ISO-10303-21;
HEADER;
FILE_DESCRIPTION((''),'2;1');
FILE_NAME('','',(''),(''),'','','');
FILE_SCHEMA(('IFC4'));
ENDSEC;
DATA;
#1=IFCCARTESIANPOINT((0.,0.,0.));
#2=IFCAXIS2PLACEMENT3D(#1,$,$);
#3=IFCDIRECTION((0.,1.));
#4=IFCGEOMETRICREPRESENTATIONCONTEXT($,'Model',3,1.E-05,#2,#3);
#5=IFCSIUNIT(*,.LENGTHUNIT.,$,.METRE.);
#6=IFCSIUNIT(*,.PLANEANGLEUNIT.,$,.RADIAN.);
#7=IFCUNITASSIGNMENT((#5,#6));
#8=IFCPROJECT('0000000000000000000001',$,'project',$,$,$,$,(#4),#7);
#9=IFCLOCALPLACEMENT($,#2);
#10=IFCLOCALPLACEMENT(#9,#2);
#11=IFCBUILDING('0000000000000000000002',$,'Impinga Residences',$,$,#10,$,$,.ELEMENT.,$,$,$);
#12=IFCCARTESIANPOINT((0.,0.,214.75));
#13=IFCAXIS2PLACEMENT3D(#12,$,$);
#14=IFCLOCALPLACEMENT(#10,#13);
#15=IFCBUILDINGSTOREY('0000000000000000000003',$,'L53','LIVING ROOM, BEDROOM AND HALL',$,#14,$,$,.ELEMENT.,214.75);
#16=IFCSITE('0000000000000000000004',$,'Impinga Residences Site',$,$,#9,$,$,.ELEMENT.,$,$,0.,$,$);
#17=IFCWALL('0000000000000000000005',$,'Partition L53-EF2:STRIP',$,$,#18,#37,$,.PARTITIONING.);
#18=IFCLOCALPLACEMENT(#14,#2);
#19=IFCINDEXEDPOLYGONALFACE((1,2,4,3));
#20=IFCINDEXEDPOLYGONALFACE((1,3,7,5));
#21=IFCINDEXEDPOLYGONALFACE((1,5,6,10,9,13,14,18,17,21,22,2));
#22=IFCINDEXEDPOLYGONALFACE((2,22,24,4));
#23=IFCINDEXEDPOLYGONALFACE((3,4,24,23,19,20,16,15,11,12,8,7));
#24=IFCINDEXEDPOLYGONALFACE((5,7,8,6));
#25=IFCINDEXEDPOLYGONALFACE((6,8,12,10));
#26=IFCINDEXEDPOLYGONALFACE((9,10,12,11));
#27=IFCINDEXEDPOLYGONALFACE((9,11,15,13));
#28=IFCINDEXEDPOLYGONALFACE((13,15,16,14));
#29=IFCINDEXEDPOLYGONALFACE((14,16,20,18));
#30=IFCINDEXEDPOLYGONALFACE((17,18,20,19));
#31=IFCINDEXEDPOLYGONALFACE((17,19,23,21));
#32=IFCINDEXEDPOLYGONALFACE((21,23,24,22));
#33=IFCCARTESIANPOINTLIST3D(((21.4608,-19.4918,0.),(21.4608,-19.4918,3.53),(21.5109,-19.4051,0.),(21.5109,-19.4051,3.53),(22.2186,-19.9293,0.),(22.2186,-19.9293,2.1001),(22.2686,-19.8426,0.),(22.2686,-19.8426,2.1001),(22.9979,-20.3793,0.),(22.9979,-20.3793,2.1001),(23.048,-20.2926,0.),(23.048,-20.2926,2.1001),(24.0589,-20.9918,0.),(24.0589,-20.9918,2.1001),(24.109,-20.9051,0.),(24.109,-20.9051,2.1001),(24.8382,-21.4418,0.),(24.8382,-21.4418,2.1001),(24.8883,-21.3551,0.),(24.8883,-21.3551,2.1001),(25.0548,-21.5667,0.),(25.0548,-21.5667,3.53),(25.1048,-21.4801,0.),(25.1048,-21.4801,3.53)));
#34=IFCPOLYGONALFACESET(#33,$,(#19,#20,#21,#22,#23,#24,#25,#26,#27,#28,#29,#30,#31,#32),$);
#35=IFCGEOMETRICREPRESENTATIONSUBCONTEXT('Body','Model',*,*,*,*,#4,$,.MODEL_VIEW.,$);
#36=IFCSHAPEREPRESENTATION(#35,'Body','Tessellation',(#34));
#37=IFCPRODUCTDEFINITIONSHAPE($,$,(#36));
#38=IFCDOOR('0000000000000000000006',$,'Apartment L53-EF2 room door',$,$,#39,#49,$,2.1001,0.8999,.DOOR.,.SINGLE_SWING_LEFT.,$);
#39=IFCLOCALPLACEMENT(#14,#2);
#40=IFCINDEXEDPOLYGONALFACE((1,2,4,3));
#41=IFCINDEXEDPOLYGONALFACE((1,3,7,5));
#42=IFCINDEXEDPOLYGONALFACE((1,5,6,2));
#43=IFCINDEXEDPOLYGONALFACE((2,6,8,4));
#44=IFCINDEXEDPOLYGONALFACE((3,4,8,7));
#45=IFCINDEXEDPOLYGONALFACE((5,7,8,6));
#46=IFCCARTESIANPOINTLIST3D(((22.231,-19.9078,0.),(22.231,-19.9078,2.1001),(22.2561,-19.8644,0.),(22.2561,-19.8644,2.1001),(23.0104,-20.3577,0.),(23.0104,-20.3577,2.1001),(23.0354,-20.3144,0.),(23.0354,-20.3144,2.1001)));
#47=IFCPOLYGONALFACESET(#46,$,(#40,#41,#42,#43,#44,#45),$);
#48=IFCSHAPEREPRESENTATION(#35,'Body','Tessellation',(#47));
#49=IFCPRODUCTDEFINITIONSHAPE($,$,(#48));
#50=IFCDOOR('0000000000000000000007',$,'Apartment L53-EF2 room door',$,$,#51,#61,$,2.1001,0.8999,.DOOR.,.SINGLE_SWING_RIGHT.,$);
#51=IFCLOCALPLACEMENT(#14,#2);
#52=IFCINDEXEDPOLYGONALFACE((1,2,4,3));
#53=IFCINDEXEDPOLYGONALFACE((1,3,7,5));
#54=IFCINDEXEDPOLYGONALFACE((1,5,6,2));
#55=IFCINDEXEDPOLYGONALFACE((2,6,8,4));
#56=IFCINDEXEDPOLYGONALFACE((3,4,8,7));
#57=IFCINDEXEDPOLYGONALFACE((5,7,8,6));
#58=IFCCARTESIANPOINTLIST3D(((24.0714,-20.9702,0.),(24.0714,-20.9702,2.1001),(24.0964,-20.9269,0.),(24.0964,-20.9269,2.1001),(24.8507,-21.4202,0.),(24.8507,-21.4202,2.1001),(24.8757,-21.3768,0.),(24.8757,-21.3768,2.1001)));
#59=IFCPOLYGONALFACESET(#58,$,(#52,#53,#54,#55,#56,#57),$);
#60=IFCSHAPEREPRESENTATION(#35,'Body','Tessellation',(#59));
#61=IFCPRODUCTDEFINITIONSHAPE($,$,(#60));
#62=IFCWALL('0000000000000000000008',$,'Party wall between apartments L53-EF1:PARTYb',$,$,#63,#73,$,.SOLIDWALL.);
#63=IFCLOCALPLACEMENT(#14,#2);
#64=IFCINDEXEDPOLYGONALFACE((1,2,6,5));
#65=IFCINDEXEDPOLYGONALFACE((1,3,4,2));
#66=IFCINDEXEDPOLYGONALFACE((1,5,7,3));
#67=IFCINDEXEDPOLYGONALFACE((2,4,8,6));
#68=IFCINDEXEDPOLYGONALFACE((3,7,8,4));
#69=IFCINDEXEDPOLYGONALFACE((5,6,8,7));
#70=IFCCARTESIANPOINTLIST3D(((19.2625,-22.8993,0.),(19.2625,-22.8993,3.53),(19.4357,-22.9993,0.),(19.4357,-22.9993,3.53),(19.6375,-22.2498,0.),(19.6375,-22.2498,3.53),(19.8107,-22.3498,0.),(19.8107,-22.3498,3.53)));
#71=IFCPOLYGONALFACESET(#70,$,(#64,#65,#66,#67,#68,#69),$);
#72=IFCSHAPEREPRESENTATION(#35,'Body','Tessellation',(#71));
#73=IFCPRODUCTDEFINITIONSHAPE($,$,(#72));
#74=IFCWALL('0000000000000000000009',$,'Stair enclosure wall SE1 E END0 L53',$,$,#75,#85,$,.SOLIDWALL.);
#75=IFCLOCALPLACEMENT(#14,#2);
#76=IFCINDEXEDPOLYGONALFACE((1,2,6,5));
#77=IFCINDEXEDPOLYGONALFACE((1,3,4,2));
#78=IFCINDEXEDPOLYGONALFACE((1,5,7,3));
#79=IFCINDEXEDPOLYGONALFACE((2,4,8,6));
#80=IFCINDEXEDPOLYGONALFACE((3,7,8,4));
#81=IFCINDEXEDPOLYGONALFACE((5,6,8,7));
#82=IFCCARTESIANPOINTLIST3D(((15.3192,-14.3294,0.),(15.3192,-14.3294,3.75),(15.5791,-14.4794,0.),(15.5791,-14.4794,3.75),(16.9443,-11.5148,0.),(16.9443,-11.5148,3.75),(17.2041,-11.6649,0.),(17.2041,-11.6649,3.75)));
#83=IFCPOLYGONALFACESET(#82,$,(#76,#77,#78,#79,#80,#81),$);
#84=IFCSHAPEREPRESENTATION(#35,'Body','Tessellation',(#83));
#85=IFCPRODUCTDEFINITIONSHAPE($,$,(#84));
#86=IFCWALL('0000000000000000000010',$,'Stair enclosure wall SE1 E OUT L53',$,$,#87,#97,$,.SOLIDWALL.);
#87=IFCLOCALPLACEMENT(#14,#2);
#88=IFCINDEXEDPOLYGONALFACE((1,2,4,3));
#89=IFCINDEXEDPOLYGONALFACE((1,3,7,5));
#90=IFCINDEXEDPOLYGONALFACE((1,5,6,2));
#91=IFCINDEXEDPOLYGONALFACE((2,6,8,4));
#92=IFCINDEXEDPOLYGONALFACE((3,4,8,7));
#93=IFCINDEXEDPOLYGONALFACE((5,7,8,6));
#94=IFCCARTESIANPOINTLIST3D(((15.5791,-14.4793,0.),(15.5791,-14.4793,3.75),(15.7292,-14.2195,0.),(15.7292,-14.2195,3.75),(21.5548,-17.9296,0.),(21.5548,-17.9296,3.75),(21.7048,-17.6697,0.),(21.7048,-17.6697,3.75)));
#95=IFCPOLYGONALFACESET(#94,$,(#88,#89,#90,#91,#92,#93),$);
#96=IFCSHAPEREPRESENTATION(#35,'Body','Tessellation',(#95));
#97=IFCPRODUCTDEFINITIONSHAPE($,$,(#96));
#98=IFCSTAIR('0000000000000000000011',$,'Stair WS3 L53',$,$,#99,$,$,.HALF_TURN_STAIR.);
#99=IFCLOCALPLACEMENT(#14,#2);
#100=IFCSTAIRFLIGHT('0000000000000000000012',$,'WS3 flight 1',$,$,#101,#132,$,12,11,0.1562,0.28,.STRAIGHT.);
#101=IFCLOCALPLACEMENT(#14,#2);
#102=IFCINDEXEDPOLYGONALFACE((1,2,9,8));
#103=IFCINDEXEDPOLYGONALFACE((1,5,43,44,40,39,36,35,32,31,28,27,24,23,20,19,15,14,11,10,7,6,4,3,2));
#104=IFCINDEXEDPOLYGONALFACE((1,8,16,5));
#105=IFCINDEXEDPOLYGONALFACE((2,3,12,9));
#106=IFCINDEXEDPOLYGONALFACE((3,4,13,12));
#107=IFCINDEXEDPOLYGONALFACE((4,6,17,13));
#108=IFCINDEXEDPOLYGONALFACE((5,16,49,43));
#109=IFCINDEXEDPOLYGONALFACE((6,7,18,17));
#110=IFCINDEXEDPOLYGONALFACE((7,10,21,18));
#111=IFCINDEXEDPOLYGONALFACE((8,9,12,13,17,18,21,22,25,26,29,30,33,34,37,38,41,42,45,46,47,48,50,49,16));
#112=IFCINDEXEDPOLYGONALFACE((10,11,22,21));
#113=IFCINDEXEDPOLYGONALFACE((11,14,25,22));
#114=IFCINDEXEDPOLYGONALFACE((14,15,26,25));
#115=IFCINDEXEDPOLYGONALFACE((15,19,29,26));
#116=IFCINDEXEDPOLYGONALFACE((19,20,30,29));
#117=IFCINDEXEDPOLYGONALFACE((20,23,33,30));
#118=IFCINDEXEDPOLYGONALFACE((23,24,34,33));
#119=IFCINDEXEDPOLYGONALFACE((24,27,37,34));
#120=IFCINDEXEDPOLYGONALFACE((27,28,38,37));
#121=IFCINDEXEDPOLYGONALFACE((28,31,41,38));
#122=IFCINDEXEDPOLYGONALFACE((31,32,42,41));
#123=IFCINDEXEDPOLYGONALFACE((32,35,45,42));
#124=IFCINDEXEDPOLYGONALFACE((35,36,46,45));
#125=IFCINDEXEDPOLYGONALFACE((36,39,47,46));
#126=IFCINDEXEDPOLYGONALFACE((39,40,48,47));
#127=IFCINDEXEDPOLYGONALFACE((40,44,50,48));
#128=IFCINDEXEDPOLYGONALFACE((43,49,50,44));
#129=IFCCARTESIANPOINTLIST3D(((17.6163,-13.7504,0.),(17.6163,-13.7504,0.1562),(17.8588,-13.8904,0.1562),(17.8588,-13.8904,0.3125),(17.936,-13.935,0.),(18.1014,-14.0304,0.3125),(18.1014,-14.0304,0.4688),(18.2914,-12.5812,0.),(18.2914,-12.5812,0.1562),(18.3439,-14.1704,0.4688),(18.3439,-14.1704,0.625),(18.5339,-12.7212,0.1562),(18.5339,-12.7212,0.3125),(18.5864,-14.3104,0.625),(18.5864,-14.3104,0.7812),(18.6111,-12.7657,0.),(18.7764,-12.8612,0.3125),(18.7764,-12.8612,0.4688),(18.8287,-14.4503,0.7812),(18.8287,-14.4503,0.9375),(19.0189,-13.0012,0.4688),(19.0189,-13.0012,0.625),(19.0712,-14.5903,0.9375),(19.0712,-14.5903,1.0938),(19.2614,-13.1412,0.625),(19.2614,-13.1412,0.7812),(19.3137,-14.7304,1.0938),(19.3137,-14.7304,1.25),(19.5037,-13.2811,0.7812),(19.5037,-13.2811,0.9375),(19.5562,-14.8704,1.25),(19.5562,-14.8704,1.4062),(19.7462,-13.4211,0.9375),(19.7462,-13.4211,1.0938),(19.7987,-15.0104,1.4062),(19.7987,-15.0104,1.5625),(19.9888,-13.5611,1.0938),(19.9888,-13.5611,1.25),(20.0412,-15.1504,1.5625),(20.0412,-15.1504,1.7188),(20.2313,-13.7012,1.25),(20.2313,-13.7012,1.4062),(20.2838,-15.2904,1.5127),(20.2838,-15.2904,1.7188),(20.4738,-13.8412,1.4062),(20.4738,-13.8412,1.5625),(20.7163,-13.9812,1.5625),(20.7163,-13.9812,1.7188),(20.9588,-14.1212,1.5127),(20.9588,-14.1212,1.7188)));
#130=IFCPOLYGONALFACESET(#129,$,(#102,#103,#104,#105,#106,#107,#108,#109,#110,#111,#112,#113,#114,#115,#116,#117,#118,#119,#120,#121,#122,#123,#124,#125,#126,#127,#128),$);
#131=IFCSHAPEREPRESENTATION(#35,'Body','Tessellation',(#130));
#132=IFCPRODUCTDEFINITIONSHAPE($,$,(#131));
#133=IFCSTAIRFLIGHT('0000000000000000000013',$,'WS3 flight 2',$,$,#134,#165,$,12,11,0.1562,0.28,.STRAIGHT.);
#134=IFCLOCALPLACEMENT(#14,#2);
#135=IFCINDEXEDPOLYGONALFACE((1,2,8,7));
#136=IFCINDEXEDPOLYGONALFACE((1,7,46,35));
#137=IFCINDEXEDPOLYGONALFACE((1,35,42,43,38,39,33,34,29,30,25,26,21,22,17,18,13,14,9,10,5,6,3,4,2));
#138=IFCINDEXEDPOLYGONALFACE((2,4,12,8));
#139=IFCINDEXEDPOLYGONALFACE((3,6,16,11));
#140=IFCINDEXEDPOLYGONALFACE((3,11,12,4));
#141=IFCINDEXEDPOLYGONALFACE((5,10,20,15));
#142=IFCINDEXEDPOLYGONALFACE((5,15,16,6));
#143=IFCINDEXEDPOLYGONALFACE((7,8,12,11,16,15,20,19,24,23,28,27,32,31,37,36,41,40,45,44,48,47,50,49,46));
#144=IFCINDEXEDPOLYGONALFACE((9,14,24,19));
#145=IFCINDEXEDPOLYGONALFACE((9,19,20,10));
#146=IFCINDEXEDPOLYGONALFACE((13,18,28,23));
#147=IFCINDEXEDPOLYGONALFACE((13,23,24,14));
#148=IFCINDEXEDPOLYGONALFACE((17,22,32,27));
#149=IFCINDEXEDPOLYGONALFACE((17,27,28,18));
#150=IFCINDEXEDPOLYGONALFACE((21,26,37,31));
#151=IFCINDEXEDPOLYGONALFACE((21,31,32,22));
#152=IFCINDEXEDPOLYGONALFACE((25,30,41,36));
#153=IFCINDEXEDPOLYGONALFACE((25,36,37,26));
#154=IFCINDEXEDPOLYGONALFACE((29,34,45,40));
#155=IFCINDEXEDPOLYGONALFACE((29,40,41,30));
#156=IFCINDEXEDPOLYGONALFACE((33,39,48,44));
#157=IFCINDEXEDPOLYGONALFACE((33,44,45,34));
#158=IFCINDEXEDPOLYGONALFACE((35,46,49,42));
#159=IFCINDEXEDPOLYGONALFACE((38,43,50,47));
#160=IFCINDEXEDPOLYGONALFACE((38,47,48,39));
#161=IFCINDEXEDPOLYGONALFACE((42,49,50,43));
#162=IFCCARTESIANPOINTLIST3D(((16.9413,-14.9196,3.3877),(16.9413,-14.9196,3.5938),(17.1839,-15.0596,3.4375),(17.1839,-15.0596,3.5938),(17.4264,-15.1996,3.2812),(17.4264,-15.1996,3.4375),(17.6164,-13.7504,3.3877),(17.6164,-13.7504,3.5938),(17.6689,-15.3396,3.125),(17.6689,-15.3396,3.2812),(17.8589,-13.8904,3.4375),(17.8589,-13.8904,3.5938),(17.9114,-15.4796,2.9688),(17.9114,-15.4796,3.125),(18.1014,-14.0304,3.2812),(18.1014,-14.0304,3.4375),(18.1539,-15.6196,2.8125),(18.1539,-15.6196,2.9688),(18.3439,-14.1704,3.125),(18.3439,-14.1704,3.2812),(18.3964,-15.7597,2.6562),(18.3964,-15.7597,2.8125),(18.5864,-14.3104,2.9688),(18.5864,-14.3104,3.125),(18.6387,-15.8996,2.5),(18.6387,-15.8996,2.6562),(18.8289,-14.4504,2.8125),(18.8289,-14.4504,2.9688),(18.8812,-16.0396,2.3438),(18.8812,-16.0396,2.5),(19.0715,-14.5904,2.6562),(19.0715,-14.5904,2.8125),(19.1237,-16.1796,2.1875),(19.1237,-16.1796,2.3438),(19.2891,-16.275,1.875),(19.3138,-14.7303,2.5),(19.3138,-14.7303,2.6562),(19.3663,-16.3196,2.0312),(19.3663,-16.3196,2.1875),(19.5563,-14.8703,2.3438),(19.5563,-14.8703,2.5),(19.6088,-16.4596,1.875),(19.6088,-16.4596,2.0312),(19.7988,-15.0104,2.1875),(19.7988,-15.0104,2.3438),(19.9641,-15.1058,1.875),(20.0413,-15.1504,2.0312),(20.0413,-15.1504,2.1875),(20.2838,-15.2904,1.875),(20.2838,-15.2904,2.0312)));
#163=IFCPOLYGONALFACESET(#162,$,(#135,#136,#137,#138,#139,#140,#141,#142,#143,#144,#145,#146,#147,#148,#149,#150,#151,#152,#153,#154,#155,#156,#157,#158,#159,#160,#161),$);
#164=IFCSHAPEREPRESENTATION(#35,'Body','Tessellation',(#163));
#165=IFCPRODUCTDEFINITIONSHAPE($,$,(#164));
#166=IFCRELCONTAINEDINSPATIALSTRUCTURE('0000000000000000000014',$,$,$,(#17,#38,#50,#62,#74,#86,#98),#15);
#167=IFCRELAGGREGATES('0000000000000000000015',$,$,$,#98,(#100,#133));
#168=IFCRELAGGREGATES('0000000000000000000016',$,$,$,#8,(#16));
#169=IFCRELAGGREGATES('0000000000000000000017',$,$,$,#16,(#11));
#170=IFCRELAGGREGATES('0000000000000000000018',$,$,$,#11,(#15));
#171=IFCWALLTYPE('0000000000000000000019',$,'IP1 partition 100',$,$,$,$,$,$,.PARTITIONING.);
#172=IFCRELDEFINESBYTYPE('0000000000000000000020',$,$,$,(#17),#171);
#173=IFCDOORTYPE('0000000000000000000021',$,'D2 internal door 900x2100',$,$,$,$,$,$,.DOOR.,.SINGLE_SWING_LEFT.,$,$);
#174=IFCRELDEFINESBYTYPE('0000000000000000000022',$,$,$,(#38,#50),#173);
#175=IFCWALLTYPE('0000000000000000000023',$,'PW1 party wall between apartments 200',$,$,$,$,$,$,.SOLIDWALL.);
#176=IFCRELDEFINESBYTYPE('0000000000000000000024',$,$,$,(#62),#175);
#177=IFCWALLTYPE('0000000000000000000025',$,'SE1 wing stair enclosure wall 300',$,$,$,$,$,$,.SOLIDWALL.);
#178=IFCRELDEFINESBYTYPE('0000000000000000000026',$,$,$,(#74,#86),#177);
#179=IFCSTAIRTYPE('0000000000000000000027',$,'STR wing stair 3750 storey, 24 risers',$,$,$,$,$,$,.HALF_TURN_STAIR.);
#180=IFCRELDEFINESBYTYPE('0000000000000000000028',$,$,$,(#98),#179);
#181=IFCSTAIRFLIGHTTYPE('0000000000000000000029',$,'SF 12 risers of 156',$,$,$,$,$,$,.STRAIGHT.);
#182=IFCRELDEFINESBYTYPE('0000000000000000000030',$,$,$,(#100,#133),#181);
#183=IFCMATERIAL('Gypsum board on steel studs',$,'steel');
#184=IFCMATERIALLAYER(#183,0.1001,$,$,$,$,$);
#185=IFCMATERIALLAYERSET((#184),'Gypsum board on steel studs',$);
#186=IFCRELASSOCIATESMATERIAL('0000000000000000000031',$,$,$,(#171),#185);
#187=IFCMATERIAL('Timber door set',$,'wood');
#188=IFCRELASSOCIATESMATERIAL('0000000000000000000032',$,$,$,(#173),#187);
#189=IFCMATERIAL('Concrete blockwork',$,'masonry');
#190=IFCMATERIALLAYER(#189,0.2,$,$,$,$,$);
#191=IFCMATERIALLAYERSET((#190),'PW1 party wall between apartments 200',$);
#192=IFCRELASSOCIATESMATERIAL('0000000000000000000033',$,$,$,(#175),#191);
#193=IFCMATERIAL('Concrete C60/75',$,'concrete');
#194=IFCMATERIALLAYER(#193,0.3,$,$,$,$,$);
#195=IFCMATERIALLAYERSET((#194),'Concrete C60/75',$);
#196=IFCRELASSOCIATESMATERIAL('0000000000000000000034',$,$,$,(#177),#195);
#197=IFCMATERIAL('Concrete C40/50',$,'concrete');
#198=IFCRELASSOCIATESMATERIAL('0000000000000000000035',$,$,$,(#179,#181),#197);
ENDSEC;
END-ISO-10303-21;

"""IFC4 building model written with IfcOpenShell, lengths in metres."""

from ifc_helpers import new_model, si_unit, direction, frame, frame_2d, origin, place, context, subcontext, project, spatial, polyline, rectangle, outline, extrude, material, layer, layer_set, type_object, element, fill, aggregate, save


model = new_model("IFC4")

# Units and contexts
model_context = context("Model", 3, precision=1e-05, world=origin(), true_north=direction((0.0, 1.0)))
body_context = subcontext(model_context, "Body", "Model", "MODEL_VIEW")
ifc_project = project(units=[si_unit("LENGTHUNIT", "METRE"), si_unit("PLANEANGLEUNIT", "RADIAN")], contexts=[model_context])

# Site, building, storey
site_placement = place(None, origin())
site = spatial("IfcSite", under=ifc_project, at=site_placement, Name="Impinga Residences Site", CompositionType="ELEMENT", RefElevation=0.0)
building_placement = place(site_placement, origin())
building = spatial("IfcBuilding", under=site, at=building_placement, Name="Impinga Residences", CompositionType="ELEMENT")
storey_placement = place(building_placement, frame((0.0, 0.0, 214.75)))
storey = spatial("IfcBuildingStorey", under=building, at=storey_placement, Name="L53", Description="LIVING ROOM, BEDROOM AND HALL", CompositionType="ELEMENT", Elevation=214.75)

# Shared definitions
ifc_material_1 = material(Name="Concrete C60/75", Category="concrete")

# Shared definitions
ifc_material_2 = material(Name="Gypsum board on steel studs", Category="steel")
ifc_layer_1 = layer(ifc_material_2, 0.1001)
ifc_layer_set_1 = layer_set([ifc_layer_1], Name="Gypsum board on steel studs")
wall_type_1 = type_object("IfcWallType", Name="IP1 partition 100", PredefinedType="PARTITIONING", material=ifc_layer_set_1)

# Wall, openings, doors
wall_1_placement = place(storey_placement, frame((21.4858, -19.4485, 0.0), z_axis=(0.0, 0.0, 1.0), x_axis=(0.86603, -0.499992, 0.0)))
wall_1 = element("IfcWall", 1, at=wall_1_placement, inside=storey, type_object=wall_type_1, Name="Partition L53-EF2:STRIP", PredefinedType="PARTITIONING", context=body_context, shape_type="SweptSolid", body=[
    extrude(rectangle(XDim=4.1499, YDim=0.1001, at=frame_2d((2.075, 0.0))), origin(), (0.0, 0.0, 1.0), 3.53),
])
opening_1_placement = place(wall_1_placement, frame((0.875, 0.0, 0.0)))
opening_1 = element("IfcOpeningElement", 2, at=opening_1_placement, cuts=wall_1, PredefinedType="OPENING", context=body_context, shape_type="SweptSolid", body=[
    extrude(rectangle(XDim=0.8999, YDim=2.1001, at=frame_2d((0.45, 1.05))), frame((0.0, 0.0601, 0.0), z_axis=(0.0, -1.0, 0.0), x_axis=(1.0, 0.0, 0.0)), (0.0, 0.0, 1.0), 0.1201),
])
opening_2_placement = place(wall_1_placement, frame((3.0, 0.0, 0.0)))
opening_2 = element("IfcOpeningElement", 3, at=opening_2_placement, cuts=wall_1, PredefinedType="OPENING", context=body_context, shape_type="SweptSolid", body=[
    extrude(rectangle(XDim=0.8999, YDim=2.1001, at=frame_2d((0.45, 1.05))), frame((0.0, 0.0601, 0.0), z_axis=(0.0, -1.0, 0.0), x_axis=(1.0, 0.0, 0.0)), (0.0, 0.0, 1.0), 0.1201),
])
ifc_material_3 = material(Name="Timber door set", Category="wood")
door_type = type_object("IfcDoorType", Name="D2 internal door 900x2100", OperationType="SINGLE_SWING_LEFT", PredefinedType="DOOR", material=ifc_material_3)
door_1_placement = place(opening_1_placement, origin())
door_1 = element("IfcDoor", 4, at=door_1_placement, inside=storey, type_object=door_type, Name="Apartment L53-EF2 room door", OperationType="SINGLE_SWING_LEFT", OverallHeight=2.1001, OverallWidth=0.8999, PredefinedType="DOOR", context=body_context, shape_type="SweptSolid", body=[
    extrude(rectangle(XDim=0.8999, YDim=2.1001, at=frame_2d((0.45, 1.05))), frame((0.0, 0.0249, 0.0), z_axis=(0.0, -1.0, 0.0), x_axis=(1.0, 0.0, 0.0)), (0.0, 0.0, 1.0), 0.05),
])
fill(opening_1, door_1)
door_2_placement = place(opening_2_placement, origin())
door_2 = element("IfcDoor", 5, at=door_2_placement, inside=storey, type_object=door_type, Name="Apartment L53-EF2 room door", OperationType="SINGLE_SWING_RIGHT", OverallHeight=2.1001, OverallWidth=0.8999, PredefinedType="DOOR", context=body_context, shape_type="SweptSolid", body=[
    extrude(rectangle(XDim=0.8999, YDim=2.1001, at=frame_2d((0.45, 1.05))), frame((0.0, 0.0249, 0.0), z_axis=(0.0, -1.0, 0.0), x_axis=(1.0, 0.0, 0.0)), (0.0, 0.0, 1.0), 0.05),
])
fill(opening_2, door_2)

# Walls
ifc_material_4 = material(Name="Concrete blockwork", Category="masonry")
ifc_layer_2 = layer(ifc_material_4, 0.2)
ifc_layer_set_2 = layer_set([ifc_layer_2], Name="PW1 party wall between apartments 200")
wall_type_2 = type_object("IfcWallType", Name="PW1 party wall between apartments 200", PredefinedType="SOLIDWALL", material=ifc_layer_set_2)
wall_2_placement = place(storey_placement, frame((19.7241, -22.2998, 0.0), z_axis=(0.0, 0.0, 1.0), x_axis=(-0.500061, -0.86599, 0.0)))
element("IfcWall", 6, at=wall_2_placement, inside=storey, type_object=wall_type_2, Name="Party wall between apartments L53-EF1:PARTYb", PredefinedType="SOLIDWALL", context=body_context, shape_type="SweptSolid", body=[
    extrude(rectangle(XDim=0.75, YDim=0.2, at=frame_2d((0.375, 0.0))), origin(), (0.0, 0.0, 1.0), 3.53),
])
ifc_layer_3 = layer(ifc_material_1, 0.3)
ifc_layer_set_3 = layer_set([ifc_layer_3], Name="Concrete C60/75")
wall_type_3 = type_object("IfcWallType", Name="SE1 wing stair enclosure wall 300", PredefinedType="SOLIDWALL", material=ifc_layer_set_3)
wall_3_placement = place(storey_placement, frame((17.0742, -11.5898, 0.0), z_axis=(0.0, 0.0, 1.0), x_axis=(-0.500017, -0.866015, 0.0)))
element("IfcWall", 7, at=wall_3_placement, inside=storey, type_object=wall_type_3, Name="Stair enclosure wall SE1 E END0 L53", PredefinedType="SOLIDWALL", context=body_context, shape_type="SweptSolid", body=[
    extrude(rectangle(XDim=3.25, YDim=0.3, at=frame_2d((1.625, 0.0))), origin(), (0.0, 0.0, 1.0), 3.75),
])
wall_4_placement = place(storey_placement, frame((15.6541, -14.3494, 0.0), z_axis=(0.0, 0.0, 1.0), x_axis=(0.866014, -0.500021, 0.0)))
element("IfcWall", 8, at=wall_4_placement, inside=storey, type_object=wall_type_3, Name="Stair enclosure wall SE1 E OUT L53", PredefinedType="SOLIDWALL", context=body_context, shape_type="SweptSolid", body=[
    extrude(rectangle(XDim=6.9001, YDim=0.3, at=frame_2d((3.4502, 0.0))), origin(), (0.0, 0.0, 1.0), 3.75),
])

# Stair, stair flights
ifc_material_5 = material(Name="Concrete C40/50", Category="concrete")
stair_type = type_object("IfcStairType", Name="STR wing stair 3750 storey, 24 risers", PredefinedType="HALF_TURN_STAIR", material=ifc_material_5)
stair_placement = place(storey_placement, origin())
stair = element("IfcStair", 9, at=stair_placement, inside=storey, type_object=stair_type, Name="Stair WS3 L53", PredefinedType="HALF_TURN_STAIR")
stair_flight_type = type_object("IfcStairFlightType", Name="SF 12 risers of 156", PredefinedType="STRAIGHT", material=ifc_material_5)
stair_flight_1_placement = place(storey_placement, frame((17.9539, -13.1658, 0.0), z_axis=(0.0, 0.0, 1.0), x_axis=(0.866025, -0.5, 0.0)))
stair_flight_1 = element("IfcStairFlight", 10, at=stair_flight_1_placement, type_object=stair_flight_type, Name="WS3 flight 1", NumberOfRisers=12, NumberOfTreads=11, PredefinedType="STRAIGHT", RiserHeight=0.1562, TreadLength=0.28, context=body_context, shape_type="SweptSolid", body=[
    extrude(outline(polyline([(0.0, 0.0), (0.0, 0.1562), (0.28, 0.1562), (0.28, 0.3125), (0.5601, 0.3125), (0.5601, 0.4688), (0.8401, 0.4688), (0.8401, 0.625), (1.1201, 0.625), (1.1201, 0.7812), (1.3999, 0.7812), (1.3999, 0.9375), (1.6799, 0.9375), (1.6799, 1.0938), (1.96, 1.0938), (1.96, 1.25), (2.24, 1.25), (2.24, 1.4062), (2.52, 1.4062), (2.52, 1.5625), (2.8, 1.5625), (2.8, 1.7188), (3.0801, 1.7188), (3.0801, 1.875), (3.0801, 1.5127), (0.3691, 0.0), (0.0, 0.0)])), frame((0.0, 0.675, 0.0), z_axis=(0.0, -1.0, 0.0), x_axis=(1.0, 0.0, 0.0)), (0.0, 0.0, 1.0), 1.3501),
])
stair_flight_2_placement = place(storey_placement, frame((19.9463, -15.875, 1.875), z_axis=(0.0, 0.0, 1.0), x_axis=(-0.866025, 0.5, 0.0)))
stair_flight_2 = element("IfcStairFlight", 11, at=stair_flight_2_placement, type_object=stair_flight_type, Name="WS3 flight 2", NumberOfRisers=12, NumberOfTreads=11, PredefinedType="STRAIGHT", RiserHeight=0.1562, TreadLength=0.28, context=body_context, shape_type="SweptSolid", body=[
    extrude(outline(polyline([(0.0, 0.0), (0.0, 0.1562), (0.28, 0.1562), (0.28, 0.3125), (0.5601, 0.3125), (0.5601, 0.4688), (0.8401, 0.4688), (0.8401, 0.625), (1.1201, 0.625), (1.1201, 0.7812), (1.3999, 0.7812), (1.3999, 0.9375), (1.6799, 0.9375), (1.6799, 1.0938), (1.96, 1.0938), (1.96, 1.25), (2.24, 1.25), (2.24, 1.4062), (2.52, 1.4062), (2.52, 1.5625), (2.8, 1.5625), (2.8, 1.7188), (3.0801, 1.7188), (3.0801, 1.875), (3.0801, 1.5127), (0.3691, 0.0), (0.0, 0.0)])), frame((0.0, 0.675, 0.0), z_axis=(0.0, -1.0, 0.0), x_axis=(1.0, 0.0, 0.0)), (0.0, 0.0, 1.0), 1.3501),
])
aggregate(stair, [stair_flight_1, stair_flight_2])

save(model, "model.ifc")
